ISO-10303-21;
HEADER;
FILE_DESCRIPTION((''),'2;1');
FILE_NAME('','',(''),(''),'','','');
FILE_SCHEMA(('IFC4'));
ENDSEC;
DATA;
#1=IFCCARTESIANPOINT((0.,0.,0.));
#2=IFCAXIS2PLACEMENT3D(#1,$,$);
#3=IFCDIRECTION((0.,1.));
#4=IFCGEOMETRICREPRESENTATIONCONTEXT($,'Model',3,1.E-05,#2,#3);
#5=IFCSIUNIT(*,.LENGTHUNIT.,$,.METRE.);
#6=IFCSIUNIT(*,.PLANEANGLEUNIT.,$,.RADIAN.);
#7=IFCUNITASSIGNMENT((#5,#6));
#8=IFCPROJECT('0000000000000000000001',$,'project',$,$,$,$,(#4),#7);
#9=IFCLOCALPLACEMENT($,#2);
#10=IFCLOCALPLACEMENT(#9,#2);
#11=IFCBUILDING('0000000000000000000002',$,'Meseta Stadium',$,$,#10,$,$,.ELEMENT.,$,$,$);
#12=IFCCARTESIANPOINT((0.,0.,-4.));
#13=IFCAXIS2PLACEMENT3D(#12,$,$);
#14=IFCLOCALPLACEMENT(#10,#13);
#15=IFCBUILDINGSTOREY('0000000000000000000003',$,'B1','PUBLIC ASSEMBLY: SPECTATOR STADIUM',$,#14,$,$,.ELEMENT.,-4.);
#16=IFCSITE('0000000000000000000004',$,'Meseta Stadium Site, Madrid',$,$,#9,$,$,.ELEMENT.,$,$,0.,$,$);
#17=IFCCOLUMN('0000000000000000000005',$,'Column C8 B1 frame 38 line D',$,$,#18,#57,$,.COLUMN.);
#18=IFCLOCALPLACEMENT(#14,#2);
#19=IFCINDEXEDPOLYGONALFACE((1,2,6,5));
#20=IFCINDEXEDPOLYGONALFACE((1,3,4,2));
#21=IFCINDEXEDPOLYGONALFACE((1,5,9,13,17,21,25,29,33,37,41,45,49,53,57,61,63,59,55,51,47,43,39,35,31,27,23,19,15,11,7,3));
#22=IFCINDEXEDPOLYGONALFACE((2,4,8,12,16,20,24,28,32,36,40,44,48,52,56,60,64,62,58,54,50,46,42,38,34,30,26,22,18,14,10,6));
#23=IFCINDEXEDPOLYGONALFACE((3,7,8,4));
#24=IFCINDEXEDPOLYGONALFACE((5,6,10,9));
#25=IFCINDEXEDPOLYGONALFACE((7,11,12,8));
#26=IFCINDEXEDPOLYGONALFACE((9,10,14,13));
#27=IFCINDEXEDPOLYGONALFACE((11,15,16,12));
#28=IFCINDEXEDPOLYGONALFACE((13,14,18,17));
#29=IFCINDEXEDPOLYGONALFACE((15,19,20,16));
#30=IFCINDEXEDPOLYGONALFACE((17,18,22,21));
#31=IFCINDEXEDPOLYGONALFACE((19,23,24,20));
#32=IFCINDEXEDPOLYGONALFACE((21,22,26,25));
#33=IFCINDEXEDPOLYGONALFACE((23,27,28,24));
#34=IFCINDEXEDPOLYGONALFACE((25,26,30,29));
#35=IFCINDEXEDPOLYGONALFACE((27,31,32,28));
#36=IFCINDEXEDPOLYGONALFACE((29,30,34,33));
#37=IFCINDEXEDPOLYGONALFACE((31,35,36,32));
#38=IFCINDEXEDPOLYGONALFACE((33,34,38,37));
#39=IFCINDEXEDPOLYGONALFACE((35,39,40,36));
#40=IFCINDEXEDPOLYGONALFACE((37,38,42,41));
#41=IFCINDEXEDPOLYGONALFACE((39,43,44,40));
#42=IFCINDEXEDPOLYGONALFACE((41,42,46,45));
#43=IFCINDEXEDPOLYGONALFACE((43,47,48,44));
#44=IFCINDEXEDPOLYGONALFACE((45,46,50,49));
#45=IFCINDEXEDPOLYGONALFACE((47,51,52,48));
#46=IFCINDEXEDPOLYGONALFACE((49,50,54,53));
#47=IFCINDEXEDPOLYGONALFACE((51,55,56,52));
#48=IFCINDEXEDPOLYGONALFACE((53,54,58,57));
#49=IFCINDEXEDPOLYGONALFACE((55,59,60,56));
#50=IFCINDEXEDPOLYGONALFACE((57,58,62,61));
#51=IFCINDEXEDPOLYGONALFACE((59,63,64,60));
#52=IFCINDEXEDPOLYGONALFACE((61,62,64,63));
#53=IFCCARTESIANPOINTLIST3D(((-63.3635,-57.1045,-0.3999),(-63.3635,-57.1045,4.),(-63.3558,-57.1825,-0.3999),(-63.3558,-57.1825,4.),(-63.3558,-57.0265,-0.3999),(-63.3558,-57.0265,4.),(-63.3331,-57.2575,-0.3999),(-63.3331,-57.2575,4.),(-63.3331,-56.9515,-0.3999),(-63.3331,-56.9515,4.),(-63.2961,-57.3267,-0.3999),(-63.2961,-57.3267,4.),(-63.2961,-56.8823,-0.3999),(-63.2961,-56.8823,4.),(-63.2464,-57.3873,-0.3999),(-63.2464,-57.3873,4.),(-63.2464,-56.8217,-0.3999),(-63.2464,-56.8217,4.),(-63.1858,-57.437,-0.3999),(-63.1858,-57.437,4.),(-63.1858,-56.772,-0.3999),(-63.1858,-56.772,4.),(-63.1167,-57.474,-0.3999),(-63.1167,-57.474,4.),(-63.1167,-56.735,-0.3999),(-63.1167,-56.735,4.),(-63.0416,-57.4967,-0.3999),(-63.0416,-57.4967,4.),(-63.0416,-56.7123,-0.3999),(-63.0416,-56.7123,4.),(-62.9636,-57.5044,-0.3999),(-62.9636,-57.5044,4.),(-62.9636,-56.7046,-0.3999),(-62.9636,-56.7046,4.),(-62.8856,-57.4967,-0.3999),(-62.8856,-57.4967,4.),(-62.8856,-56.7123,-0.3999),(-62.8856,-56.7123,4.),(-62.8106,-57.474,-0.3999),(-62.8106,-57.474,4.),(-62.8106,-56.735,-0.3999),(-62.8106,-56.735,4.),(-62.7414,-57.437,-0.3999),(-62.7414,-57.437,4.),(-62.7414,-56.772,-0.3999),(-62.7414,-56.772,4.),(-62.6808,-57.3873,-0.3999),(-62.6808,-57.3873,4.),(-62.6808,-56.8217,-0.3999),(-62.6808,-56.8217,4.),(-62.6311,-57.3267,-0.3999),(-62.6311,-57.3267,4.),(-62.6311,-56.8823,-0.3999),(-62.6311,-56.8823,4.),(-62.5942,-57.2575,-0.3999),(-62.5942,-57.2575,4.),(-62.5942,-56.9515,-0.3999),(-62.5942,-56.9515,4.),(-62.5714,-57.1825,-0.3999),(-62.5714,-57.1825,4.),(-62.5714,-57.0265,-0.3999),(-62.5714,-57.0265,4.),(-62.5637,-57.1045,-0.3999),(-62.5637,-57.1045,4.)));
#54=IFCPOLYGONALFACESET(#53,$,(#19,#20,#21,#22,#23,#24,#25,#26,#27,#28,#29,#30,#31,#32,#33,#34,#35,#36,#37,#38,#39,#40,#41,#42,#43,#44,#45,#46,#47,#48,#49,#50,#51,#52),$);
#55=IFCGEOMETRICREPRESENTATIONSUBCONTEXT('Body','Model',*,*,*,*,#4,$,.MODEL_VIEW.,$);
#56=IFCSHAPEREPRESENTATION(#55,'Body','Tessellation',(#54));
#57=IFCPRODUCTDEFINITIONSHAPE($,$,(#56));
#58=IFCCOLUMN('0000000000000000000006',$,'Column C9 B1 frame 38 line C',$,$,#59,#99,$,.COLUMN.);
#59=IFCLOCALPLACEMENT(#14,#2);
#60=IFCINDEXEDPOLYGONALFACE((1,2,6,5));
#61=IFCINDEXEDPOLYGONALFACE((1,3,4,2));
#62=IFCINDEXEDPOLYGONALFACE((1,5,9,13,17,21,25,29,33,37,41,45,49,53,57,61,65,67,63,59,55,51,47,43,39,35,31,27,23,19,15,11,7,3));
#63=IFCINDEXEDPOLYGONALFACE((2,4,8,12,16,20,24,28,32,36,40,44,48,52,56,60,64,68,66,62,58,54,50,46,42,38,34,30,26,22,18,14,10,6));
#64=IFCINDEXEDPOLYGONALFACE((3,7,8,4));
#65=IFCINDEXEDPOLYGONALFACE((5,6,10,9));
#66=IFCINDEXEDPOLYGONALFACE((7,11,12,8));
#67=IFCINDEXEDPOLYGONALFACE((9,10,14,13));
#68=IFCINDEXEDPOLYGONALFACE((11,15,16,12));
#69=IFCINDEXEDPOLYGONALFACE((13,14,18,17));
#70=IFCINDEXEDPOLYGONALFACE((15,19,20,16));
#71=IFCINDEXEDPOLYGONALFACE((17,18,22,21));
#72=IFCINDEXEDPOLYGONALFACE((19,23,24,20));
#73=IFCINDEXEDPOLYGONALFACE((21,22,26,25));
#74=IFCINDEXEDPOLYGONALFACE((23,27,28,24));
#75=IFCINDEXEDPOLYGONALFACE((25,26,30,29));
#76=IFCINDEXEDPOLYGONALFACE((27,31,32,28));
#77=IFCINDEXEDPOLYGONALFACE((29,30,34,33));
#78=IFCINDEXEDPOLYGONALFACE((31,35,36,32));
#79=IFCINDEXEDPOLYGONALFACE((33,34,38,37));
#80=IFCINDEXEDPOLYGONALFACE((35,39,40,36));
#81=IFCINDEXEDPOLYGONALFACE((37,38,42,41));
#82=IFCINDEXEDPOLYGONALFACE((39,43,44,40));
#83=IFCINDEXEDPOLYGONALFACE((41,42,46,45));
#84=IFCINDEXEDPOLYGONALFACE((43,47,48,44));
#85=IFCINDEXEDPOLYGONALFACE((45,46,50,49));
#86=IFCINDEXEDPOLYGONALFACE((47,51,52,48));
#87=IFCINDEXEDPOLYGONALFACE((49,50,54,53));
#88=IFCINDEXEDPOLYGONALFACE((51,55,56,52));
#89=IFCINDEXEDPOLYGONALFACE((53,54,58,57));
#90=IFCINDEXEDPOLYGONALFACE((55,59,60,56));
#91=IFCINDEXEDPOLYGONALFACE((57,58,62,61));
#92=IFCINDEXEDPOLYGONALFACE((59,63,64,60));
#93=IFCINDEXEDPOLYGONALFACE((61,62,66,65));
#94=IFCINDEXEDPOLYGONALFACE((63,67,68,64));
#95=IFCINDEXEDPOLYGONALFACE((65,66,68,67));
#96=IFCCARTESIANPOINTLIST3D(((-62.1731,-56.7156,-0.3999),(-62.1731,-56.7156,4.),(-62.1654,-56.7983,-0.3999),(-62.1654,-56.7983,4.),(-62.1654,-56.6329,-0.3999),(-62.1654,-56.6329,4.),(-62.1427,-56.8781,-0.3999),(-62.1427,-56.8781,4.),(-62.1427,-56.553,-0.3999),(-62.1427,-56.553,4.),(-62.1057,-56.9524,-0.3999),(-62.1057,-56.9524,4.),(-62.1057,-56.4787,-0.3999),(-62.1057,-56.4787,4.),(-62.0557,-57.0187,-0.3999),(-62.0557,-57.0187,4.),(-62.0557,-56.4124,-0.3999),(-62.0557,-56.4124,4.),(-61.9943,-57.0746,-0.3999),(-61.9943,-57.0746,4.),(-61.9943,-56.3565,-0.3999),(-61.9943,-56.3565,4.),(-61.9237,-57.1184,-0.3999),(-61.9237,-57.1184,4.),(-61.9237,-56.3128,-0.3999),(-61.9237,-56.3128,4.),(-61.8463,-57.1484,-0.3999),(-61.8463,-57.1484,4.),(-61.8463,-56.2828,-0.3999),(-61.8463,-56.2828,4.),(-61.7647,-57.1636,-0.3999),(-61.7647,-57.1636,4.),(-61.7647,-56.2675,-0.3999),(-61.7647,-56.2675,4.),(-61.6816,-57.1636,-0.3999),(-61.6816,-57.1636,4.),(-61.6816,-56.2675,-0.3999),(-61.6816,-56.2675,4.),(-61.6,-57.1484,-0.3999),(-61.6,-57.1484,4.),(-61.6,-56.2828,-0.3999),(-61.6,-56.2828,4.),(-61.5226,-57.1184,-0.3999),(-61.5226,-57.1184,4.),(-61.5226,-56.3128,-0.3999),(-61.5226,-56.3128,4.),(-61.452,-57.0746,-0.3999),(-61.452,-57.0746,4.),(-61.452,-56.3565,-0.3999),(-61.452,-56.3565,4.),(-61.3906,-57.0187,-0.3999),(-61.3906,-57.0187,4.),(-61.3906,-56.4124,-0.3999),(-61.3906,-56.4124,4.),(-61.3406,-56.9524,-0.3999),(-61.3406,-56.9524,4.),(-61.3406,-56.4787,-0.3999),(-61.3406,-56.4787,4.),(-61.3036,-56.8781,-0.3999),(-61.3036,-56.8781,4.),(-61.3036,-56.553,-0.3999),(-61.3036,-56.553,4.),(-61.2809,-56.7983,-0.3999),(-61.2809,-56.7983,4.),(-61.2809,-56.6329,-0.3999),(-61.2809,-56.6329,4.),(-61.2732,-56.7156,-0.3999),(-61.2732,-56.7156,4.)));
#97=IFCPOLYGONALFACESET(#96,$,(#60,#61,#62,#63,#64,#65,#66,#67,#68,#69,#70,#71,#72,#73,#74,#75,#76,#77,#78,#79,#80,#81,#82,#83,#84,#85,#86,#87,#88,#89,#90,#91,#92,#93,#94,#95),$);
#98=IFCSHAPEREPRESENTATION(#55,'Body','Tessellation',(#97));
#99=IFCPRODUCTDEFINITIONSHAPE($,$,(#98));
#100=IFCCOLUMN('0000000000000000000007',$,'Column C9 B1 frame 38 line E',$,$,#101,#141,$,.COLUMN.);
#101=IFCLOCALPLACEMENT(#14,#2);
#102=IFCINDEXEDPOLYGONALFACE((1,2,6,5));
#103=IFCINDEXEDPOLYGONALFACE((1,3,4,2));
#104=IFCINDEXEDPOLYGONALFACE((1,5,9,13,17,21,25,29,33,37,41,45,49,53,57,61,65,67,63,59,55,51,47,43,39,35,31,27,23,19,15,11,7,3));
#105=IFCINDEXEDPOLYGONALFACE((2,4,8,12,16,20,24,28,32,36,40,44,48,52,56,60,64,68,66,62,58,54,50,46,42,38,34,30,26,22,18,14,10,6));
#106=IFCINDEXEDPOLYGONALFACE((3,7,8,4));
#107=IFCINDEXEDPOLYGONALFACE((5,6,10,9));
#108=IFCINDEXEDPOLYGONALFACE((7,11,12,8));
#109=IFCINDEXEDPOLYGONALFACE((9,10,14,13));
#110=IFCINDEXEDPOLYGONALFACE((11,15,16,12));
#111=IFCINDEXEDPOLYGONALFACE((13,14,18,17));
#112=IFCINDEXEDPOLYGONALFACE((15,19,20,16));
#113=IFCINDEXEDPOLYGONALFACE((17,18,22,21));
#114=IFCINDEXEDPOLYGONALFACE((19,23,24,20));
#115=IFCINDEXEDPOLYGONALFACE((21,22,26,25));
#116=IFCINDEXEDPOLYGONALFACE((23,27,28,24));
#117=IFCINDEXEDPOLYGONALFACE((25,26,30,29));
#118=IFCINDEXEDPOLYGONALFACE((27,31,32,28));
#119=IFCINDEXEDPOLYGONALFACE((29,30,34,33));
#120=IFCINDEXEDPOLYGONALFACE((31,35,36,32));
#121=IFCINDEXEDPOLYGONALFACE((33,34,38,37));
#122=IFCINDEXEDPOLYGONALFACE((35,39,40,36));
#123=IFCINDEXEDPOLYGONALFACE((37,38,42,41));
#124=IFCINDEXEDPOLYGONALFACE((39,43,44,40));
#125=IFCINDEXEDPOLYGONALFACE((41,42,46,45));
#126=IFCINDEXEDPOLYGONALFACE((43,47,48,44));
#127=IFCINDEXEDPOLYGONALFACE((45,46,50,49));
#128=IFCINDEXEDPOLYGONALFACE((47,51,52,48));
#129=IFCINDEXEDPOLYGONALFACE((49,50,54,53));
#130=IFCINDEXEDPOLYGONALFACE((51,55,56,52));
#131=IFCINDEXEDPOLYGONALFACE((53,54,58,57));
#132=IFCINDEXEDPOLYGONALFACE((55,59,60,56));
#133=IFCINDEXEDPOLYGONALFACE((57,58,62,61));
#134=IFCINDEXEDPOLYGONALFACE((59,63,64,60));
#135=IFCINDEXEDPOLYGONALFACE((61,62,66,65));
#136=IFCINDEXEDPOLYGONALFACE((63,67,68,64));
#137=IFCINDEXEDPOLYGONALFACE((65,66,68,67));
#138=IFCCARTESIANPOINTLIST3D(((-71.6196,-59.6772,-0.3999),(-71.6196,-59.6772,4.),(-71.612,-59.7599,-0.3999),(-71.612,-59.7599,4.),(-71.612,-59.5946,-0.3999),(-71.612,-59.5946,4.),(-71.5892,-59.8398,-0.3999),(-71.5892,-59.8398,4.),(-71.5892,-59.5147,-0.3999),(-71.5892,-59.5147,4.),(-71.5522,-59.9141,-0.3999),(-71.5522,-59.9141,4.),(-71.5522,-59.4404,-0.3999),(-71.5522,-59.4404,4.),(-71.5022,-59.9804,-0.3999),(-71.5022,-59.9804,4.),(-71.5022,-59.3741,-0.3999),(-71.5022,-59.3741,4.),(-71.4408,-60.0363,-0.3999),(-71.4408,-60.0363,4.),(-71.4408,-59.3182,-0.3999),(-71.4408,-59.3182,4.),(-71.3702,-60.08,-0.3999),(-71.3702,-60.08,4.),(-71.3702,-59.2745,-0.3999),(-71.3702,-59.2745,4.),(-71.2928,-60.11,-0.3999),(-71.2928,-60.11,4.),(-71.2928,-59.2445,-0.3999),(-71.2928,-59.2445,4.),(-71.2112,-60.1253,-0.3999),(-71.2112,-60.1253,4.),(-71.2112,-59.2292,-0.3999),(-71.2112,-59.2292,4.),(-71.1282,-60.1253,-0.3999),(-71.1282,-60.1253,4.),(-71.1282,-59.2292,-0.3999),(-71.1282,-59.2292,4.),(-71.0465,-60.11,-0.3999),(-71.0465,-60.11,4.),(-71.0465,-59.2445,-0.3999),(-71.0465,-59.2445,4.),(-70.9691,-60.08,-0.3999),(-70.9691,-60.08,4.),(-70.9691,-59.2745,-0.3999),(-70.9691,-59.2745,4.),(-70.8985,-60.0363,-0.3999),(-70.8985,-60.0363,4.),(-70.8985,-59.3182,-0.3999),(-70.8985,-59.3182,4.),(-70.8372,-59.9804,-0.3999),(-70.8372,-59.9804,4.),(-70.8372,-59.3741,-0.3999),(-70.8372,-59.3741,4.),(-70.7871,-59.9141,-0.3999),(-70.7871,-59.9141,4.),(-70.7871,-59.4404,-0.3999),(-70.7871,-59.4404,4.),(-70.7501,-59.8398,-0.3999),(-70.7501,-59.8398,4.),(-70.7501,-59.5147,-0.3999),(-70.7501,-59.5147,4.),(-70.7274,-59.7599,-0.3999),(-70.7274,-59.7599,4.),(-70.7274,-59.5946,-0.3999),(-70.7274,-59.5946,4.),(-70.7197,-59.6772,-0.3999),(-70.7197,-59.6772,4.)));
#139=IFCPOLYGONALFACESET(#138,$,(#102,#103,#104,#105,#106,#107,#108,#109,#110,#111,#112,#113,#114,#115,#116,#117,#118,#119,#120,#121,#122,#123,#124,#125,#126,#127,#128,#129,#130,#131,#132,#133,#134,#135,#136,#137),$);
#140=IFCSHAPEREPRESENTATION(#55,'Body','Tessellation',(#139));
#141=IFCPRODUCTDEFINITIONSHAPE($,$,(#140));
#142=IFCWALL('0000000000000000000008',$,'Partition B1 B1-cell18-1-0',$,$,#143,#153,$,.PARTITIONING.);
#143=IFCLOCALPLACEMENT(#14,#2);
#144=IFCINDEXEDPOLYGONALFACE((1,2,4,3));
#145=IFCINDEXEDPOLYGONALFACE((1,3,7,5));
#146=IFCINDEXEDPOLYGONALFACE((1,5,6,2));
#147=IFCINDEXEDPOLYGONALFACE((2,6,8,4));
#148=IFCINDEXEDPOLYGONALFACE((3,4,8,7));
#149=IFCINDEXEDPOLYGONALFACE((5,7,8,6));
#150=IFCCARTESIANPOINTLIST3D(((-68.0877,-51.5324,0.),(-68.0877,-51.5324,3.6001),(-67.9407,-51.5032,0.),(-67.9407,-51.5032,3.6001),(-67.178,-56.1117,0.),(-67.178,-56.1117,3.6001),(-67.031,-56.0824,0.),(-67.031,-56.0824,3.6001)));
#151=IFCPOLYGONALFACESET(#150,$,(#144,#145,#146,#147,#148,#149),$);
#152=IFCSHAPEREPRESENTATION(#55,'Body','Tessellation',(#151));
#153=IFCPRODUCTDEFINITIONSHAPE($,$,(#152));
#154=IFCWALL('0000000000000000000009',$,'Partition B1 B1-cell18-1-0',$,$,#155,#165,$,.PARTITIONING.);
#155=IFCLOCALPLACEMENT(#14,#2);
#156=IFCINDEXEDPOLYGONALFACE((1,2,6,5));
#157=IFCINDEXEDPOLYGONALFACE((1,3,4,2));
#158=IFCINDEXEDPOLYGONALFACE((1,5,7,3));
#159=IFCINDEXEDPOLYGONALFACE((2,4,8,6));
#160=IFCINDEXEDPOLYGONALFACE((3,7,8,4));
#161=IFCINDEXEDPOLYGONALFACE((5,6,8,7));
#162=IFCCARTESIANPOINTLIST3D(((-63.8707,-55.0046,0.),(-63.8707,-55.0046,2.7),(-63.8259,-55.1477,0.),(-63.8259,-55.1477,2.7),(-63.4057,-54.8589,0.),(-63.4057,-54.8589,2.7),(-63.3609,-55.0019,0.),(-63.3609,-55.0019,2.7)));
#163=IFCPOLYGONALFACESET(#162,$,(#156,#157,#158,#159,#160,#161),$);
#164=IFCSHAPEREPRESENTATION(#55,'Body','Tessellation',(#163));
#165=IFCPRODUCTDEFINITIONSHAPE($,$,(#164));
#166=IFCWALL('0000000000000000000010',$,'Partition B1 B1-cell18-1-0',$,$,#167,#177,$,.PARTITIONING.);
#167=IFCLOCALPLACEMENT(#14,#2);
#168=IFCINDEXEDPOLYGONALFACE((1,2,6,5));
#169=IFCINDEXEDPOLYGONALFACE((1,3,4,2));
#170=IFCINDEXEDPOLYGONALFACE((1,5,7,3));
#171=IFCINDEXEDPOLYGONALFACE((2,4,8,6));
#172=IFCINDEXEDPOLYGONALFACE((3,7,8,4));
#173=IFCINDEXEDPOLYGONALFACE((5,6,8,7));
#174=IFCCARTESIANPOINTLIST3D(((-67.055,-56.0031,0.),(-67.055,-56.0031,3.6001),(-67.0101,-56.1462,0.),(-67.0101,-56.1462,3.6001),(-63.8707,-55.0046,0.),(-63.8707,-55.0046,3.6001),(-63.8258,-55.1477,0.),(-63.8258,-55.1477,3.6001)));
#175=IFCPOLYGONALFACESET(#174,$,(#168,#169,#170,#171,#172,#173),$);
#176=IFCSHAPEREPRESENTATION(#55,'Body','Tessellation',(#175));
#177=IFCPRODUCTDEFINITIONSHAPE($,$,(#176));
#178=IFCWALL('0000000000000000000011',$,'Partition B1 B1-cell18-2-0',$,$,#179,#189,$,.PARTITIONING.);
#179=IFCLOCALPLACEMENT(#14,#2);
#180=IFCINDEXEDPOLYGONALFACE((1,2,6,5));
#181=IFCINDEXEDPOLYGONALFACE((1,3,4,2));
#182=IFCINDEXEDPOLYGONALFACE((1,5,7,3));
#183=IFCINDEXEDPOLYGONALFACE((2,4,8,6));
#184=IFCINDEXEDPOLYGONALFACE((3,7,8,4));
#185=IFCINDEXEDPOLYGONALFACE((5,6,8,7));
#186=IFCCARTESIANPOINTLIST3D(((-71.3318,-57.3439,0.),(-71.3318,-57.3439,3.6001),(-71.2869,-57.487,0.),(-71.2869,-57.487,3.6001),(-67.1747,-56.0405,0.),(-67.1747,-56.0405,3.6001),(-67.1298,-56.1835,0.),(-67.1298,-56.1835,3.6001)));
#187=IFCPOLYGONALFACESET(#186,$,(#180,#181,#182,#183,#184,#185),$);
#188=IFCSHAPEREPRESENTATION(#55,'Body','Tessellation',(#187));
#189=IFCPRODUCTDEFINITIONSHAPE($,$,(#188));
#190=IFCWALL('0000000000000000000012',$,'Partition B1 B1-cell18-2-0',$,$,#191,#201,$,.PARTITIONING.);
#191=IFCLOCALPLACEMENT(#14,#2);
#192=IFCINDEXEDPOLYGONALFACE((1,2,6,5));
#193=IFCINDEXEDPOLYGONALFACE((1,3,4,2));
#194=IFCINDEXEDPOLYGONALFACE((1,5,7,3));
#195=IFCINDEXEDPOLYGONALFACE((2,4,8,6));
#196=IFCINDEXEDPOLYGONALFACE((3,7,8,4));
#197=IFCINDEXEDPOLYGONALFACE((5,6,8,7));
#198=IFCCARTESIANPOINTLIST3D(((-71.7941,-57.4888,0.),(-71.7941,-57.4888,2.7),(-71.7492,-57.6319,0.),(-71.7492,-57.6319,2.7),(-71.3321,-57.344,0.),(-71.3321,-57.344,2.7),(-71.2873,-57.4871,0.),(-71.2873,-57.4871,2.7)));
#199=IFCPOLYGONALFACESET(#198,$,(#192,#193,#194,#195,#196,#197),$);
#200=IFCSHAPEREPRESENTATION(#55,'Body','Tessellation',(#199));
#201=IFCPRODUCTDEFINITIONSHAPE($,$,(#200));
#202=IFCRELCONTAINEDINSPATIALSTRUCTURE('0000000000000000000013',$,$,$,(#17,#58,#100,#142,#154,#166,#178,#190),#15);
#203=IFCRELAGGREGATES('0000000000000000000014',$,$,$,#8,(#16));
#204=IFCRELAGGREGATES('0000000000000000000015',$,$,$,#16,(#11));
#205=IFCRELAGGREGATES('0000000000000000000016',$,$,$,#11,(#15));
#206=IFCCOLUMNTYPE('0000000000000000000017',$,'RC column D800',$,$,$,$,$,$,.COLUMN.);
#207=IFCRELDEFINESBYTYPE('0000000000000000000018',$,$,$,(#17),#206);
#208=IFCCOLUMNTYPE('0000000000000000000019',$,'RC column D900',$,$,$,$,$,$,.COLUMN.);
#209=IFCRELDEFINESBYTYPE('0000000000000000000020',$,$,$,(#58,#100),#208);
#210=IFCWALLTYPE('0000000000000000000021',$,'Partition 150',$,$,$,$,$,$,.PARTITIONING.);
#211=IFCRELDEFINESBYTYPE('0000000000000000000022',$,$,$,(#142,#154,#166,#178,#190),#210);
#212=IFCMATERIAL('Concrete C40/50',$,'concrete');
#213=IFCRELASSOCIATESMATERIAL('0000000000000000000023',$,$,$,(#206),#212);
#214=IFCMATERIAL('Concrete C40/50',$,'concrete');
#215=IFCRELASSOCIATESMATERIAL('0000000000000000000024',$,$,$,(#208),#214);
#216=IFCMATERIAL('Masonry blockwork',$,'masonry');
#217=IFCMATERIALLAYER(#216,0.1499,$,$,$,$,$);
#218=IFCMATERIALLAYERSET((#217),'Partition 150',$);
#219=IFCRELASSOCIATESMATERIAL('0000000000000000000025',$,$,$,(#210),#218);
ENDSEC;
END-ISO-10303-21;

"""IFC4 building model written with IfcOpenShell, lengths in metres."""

from ifc_helpers import new_model, si_unit, direction, frame, frame_2d, origin, origin_2d, place, context, subcontext, project, spatial, rectangle, circle, extrude, material, layer, layer_set, material_profile, profile_set, type_object, element, save


model = new_model("IFC4")

# Units and contexts
model_context = context("Model", 3, precision=1e-05, world=origin(), true_north=direction((0.0, 1.0)))
body_context = subcontext(model_context, "Body", "Model", "MODEL_VIEW")
ifc_project = project(units=[si_unit("LENGTHUNIT", "METRE"), si_unit("PLANEANGLEUNIT", "RADIAN")], contexts=[model_context])

# Site, building, storey
site_placement = place(None, origin())
site = spatial("IfcSite", under=ifc_project, at=site_placement, Name="Meseta Stadium Site, Madrid", CompositionType="ELEMENT", RefElevation=0.0)
building_placement = place(site_placement, origin())
building = spatial("IfcBuilding", under=site, at=building_placement, Name="Meseta Stadium", CompositionType="ELEMENT")
storey_placement = place(building_placement, frame((0.0, 0.0, -4.0)))
storey = spatial("IfcBuildingStorey", under=building, at=storey_placement, Name="B1", Description="PUBLIC ASSEMBLY: SPECTATOR STADIUM", CompositionType="ELEMENT", Elevation=-4.0)

# Columns
ifc_material_1 = material(Name="Concrete C40/50", Category="concrete")
ifc_material_profile_1 = material_profile(ifc_material_1, circle(Radius=0.3999, at=origin_2d()), Name="RC D800")
ifc_profile_set_1 = profile_set([ifc_material_profile_1], Name="Concrete C40/50")
column_type_1 = type_object("IfcColumnType", Name="RC column D800", PredefinedType="COLUMN", material=ifc_profile_set_1)
column_placement = place(storey_placement, frame((-62.9636, -57.1045, -0.3999), z_axis=(0.0, 0.0, 1.0), x_axis=(1.0, 0.0, 0.0)))
element("IfcColumn", 1, at=column_placement, inside=storey, type_object=column_type_1, Name="Column C8 B1 frame 38 line D", PredefinedType="COLUMN", context=body_context, shape_type="SweptSolid", body=[
    extrude(circle(Radius=0.3999, at=origin_2d()), origin(), (0.0, 0.0, 1.0), 4.3999),
])
ifc_material_2 = material(Name="Concrete C40/50", Category="concrete")
ifc_material_profile_2 = material_profile(ifc_material_2, circle(Radius=0.45, at=origin_2d()), Name="RC D900")
ifc_profile_set_2 = profile_set([ifc_material_profile_2], Name="Concrete C40/50")
column_type_2 = type_object("IfcColumnType", Name="RC column D900", PredefinedType="COLUMN", material=ifc_profile_set_2)
for number, where, z_axis, x_axis, name in (
    (2, (-61.7231, -56.7156, -0.3999), (0.0, 0.0, 1.0), (1.0, 0.0, 0.0), "Column C9 B1 frame 38 line C"),
    (3, (-71.1697, -59.6772, -0.3999), (0.0, 0.0, 1.0), (1.0, 0.0, 0.0), "Column C9 B1 frame 38 line E"),
):
    element("IfcColumn", number, at=place(storey_placement, frame(where, z_axis=z_axis, x_axis=x_axis)), inside=storey, type_object=column_type_2, Name=name, PredefinedType="COLUMN", context=body_context, shape_type="SweptSolid", body=[
        extrude(circle(Radius=0.45, at=origin_2d()), origin(), (0.0, 0.0, 1.0), 4.3999),
    ])

# Walls
ifc_material_3 = material(Name="Masonry blockwork", Category="masonry")
ifc_layer = layer(ifc_material_3, 0.1499)
ifc_layer_set = layer_set([ifc_layer], Name="Partition 150")
wall_type = type_object("IfcWallType", Name="Partition 150", PredefinedType="PARTITIONING", material=ifc_layer_set)
wall_1_placement = place(storey_placement, frame((-67.1045, -56.0972, 0.0), z_axis=(0.0, 0.0, 1.0), x_axis=(-0.194849, 0.980833, 0.0)))
element("IfcWall", 4, at=wall_1_placement, inside=storey, type_object=wall_type, Name="Partition B1 B1-cell18-1-0", PredefinedType="PARTITIONING", context=body_context, shape_type="SweptSolid", body=[
    extrude(rectangle(XDim=4.6687, YDim=0.1499, at=frame_2d((2.3345, 0.0))), origin(), (0.0, 0.0, 1.0), 3.6001),
])
wall_2_placement = place(storey_placement, frame((-63.3833, -54.9304, 0.0), z_axis=(0.0, 0.0, 1.0), x_axis=(-0.954239, -0.299045, 0.0)))
element("IfcWall", 5, at=wall_2_placement, inside=storey, type_object=wall_type, Name="Partition B1 B1-cell18-1-0", PredefinedType="PARTITIONING", context=body_context, shape_type="SweptSolid", body=[
    extrude(rectangle(XDim=0.4873, YDim=0.1499, at=frame_2d((0.2437, 0.0))), origin(), (0.0, 0.0, 1.0), 2.7),
])
wall_3_placement = place(storey_placement, frame((-63.8484, -55.0762, 0.0), z_axis=(0.0, 0.0, 1.0), x_axis=(-0.954187, -0.299212, 0.0)))
element("IfcWall", 6, at=wall_3_placement, inside=storey, type_object=wall_type, Name="Partition B1 B1-cell18-1-0", PredefinedType="PARTITIONING", context=body_context, shape_type="SweptSolid", body=[
    extrude(rectangle(XDim=3.3372, YDim=0.1499, at=frame_2d((1.6685, 0.0))), origin(), (0.0, 0.0, 1.0), 3.6001),
])
wall_4_placement = place(storey_placement, frame((-67.1523, -56.1121, 0.0), z_axis=(0.0, 0.0, 1.0), x_axis=(-0.954196, -0.299181, 0.0)))
element("IfcWall", 7, at=wall_4_placement, inside=storey, type_object=wall_type, Name="Partition B1 B1-cell18-2-0", PredefinedType="PARTITIONING", context=body_context, shape_type="SweptSolid", body=[
    extrude(rectangle(XDim=4.3567, YDim=0.1499, at=frame_2d((2.1782, 0.0))), origin(), (0.0, 0.0, 1.0), 3.6001),
])
for number, where, z_axis, x_axis, name in (
    (8, (-71.3096, -57.4155, 0.0), (0.0, 0.0, 1.0), (-0.954228, -0.299079, 0.0), "Partition B1 B1-cell18-2-0"),
):
    element("IfcWall", number, at=place(storey_placement, frame(where, z_axis=z_axis, x_axis=x_axis)), inside=storey, type_object=wall_type, Name=name, PredefinedType="PARTITIONING", context=body_context, shape_type="SweptSolid", body=[
        extrude(rectangle(XDim=0.4841, YDim=0.1499, at=frame_2d((0.2422, 0.0))), origin(), (0.0, 0.0, 1.0), 2.7),
    ])

save(model, "model.ifc")
